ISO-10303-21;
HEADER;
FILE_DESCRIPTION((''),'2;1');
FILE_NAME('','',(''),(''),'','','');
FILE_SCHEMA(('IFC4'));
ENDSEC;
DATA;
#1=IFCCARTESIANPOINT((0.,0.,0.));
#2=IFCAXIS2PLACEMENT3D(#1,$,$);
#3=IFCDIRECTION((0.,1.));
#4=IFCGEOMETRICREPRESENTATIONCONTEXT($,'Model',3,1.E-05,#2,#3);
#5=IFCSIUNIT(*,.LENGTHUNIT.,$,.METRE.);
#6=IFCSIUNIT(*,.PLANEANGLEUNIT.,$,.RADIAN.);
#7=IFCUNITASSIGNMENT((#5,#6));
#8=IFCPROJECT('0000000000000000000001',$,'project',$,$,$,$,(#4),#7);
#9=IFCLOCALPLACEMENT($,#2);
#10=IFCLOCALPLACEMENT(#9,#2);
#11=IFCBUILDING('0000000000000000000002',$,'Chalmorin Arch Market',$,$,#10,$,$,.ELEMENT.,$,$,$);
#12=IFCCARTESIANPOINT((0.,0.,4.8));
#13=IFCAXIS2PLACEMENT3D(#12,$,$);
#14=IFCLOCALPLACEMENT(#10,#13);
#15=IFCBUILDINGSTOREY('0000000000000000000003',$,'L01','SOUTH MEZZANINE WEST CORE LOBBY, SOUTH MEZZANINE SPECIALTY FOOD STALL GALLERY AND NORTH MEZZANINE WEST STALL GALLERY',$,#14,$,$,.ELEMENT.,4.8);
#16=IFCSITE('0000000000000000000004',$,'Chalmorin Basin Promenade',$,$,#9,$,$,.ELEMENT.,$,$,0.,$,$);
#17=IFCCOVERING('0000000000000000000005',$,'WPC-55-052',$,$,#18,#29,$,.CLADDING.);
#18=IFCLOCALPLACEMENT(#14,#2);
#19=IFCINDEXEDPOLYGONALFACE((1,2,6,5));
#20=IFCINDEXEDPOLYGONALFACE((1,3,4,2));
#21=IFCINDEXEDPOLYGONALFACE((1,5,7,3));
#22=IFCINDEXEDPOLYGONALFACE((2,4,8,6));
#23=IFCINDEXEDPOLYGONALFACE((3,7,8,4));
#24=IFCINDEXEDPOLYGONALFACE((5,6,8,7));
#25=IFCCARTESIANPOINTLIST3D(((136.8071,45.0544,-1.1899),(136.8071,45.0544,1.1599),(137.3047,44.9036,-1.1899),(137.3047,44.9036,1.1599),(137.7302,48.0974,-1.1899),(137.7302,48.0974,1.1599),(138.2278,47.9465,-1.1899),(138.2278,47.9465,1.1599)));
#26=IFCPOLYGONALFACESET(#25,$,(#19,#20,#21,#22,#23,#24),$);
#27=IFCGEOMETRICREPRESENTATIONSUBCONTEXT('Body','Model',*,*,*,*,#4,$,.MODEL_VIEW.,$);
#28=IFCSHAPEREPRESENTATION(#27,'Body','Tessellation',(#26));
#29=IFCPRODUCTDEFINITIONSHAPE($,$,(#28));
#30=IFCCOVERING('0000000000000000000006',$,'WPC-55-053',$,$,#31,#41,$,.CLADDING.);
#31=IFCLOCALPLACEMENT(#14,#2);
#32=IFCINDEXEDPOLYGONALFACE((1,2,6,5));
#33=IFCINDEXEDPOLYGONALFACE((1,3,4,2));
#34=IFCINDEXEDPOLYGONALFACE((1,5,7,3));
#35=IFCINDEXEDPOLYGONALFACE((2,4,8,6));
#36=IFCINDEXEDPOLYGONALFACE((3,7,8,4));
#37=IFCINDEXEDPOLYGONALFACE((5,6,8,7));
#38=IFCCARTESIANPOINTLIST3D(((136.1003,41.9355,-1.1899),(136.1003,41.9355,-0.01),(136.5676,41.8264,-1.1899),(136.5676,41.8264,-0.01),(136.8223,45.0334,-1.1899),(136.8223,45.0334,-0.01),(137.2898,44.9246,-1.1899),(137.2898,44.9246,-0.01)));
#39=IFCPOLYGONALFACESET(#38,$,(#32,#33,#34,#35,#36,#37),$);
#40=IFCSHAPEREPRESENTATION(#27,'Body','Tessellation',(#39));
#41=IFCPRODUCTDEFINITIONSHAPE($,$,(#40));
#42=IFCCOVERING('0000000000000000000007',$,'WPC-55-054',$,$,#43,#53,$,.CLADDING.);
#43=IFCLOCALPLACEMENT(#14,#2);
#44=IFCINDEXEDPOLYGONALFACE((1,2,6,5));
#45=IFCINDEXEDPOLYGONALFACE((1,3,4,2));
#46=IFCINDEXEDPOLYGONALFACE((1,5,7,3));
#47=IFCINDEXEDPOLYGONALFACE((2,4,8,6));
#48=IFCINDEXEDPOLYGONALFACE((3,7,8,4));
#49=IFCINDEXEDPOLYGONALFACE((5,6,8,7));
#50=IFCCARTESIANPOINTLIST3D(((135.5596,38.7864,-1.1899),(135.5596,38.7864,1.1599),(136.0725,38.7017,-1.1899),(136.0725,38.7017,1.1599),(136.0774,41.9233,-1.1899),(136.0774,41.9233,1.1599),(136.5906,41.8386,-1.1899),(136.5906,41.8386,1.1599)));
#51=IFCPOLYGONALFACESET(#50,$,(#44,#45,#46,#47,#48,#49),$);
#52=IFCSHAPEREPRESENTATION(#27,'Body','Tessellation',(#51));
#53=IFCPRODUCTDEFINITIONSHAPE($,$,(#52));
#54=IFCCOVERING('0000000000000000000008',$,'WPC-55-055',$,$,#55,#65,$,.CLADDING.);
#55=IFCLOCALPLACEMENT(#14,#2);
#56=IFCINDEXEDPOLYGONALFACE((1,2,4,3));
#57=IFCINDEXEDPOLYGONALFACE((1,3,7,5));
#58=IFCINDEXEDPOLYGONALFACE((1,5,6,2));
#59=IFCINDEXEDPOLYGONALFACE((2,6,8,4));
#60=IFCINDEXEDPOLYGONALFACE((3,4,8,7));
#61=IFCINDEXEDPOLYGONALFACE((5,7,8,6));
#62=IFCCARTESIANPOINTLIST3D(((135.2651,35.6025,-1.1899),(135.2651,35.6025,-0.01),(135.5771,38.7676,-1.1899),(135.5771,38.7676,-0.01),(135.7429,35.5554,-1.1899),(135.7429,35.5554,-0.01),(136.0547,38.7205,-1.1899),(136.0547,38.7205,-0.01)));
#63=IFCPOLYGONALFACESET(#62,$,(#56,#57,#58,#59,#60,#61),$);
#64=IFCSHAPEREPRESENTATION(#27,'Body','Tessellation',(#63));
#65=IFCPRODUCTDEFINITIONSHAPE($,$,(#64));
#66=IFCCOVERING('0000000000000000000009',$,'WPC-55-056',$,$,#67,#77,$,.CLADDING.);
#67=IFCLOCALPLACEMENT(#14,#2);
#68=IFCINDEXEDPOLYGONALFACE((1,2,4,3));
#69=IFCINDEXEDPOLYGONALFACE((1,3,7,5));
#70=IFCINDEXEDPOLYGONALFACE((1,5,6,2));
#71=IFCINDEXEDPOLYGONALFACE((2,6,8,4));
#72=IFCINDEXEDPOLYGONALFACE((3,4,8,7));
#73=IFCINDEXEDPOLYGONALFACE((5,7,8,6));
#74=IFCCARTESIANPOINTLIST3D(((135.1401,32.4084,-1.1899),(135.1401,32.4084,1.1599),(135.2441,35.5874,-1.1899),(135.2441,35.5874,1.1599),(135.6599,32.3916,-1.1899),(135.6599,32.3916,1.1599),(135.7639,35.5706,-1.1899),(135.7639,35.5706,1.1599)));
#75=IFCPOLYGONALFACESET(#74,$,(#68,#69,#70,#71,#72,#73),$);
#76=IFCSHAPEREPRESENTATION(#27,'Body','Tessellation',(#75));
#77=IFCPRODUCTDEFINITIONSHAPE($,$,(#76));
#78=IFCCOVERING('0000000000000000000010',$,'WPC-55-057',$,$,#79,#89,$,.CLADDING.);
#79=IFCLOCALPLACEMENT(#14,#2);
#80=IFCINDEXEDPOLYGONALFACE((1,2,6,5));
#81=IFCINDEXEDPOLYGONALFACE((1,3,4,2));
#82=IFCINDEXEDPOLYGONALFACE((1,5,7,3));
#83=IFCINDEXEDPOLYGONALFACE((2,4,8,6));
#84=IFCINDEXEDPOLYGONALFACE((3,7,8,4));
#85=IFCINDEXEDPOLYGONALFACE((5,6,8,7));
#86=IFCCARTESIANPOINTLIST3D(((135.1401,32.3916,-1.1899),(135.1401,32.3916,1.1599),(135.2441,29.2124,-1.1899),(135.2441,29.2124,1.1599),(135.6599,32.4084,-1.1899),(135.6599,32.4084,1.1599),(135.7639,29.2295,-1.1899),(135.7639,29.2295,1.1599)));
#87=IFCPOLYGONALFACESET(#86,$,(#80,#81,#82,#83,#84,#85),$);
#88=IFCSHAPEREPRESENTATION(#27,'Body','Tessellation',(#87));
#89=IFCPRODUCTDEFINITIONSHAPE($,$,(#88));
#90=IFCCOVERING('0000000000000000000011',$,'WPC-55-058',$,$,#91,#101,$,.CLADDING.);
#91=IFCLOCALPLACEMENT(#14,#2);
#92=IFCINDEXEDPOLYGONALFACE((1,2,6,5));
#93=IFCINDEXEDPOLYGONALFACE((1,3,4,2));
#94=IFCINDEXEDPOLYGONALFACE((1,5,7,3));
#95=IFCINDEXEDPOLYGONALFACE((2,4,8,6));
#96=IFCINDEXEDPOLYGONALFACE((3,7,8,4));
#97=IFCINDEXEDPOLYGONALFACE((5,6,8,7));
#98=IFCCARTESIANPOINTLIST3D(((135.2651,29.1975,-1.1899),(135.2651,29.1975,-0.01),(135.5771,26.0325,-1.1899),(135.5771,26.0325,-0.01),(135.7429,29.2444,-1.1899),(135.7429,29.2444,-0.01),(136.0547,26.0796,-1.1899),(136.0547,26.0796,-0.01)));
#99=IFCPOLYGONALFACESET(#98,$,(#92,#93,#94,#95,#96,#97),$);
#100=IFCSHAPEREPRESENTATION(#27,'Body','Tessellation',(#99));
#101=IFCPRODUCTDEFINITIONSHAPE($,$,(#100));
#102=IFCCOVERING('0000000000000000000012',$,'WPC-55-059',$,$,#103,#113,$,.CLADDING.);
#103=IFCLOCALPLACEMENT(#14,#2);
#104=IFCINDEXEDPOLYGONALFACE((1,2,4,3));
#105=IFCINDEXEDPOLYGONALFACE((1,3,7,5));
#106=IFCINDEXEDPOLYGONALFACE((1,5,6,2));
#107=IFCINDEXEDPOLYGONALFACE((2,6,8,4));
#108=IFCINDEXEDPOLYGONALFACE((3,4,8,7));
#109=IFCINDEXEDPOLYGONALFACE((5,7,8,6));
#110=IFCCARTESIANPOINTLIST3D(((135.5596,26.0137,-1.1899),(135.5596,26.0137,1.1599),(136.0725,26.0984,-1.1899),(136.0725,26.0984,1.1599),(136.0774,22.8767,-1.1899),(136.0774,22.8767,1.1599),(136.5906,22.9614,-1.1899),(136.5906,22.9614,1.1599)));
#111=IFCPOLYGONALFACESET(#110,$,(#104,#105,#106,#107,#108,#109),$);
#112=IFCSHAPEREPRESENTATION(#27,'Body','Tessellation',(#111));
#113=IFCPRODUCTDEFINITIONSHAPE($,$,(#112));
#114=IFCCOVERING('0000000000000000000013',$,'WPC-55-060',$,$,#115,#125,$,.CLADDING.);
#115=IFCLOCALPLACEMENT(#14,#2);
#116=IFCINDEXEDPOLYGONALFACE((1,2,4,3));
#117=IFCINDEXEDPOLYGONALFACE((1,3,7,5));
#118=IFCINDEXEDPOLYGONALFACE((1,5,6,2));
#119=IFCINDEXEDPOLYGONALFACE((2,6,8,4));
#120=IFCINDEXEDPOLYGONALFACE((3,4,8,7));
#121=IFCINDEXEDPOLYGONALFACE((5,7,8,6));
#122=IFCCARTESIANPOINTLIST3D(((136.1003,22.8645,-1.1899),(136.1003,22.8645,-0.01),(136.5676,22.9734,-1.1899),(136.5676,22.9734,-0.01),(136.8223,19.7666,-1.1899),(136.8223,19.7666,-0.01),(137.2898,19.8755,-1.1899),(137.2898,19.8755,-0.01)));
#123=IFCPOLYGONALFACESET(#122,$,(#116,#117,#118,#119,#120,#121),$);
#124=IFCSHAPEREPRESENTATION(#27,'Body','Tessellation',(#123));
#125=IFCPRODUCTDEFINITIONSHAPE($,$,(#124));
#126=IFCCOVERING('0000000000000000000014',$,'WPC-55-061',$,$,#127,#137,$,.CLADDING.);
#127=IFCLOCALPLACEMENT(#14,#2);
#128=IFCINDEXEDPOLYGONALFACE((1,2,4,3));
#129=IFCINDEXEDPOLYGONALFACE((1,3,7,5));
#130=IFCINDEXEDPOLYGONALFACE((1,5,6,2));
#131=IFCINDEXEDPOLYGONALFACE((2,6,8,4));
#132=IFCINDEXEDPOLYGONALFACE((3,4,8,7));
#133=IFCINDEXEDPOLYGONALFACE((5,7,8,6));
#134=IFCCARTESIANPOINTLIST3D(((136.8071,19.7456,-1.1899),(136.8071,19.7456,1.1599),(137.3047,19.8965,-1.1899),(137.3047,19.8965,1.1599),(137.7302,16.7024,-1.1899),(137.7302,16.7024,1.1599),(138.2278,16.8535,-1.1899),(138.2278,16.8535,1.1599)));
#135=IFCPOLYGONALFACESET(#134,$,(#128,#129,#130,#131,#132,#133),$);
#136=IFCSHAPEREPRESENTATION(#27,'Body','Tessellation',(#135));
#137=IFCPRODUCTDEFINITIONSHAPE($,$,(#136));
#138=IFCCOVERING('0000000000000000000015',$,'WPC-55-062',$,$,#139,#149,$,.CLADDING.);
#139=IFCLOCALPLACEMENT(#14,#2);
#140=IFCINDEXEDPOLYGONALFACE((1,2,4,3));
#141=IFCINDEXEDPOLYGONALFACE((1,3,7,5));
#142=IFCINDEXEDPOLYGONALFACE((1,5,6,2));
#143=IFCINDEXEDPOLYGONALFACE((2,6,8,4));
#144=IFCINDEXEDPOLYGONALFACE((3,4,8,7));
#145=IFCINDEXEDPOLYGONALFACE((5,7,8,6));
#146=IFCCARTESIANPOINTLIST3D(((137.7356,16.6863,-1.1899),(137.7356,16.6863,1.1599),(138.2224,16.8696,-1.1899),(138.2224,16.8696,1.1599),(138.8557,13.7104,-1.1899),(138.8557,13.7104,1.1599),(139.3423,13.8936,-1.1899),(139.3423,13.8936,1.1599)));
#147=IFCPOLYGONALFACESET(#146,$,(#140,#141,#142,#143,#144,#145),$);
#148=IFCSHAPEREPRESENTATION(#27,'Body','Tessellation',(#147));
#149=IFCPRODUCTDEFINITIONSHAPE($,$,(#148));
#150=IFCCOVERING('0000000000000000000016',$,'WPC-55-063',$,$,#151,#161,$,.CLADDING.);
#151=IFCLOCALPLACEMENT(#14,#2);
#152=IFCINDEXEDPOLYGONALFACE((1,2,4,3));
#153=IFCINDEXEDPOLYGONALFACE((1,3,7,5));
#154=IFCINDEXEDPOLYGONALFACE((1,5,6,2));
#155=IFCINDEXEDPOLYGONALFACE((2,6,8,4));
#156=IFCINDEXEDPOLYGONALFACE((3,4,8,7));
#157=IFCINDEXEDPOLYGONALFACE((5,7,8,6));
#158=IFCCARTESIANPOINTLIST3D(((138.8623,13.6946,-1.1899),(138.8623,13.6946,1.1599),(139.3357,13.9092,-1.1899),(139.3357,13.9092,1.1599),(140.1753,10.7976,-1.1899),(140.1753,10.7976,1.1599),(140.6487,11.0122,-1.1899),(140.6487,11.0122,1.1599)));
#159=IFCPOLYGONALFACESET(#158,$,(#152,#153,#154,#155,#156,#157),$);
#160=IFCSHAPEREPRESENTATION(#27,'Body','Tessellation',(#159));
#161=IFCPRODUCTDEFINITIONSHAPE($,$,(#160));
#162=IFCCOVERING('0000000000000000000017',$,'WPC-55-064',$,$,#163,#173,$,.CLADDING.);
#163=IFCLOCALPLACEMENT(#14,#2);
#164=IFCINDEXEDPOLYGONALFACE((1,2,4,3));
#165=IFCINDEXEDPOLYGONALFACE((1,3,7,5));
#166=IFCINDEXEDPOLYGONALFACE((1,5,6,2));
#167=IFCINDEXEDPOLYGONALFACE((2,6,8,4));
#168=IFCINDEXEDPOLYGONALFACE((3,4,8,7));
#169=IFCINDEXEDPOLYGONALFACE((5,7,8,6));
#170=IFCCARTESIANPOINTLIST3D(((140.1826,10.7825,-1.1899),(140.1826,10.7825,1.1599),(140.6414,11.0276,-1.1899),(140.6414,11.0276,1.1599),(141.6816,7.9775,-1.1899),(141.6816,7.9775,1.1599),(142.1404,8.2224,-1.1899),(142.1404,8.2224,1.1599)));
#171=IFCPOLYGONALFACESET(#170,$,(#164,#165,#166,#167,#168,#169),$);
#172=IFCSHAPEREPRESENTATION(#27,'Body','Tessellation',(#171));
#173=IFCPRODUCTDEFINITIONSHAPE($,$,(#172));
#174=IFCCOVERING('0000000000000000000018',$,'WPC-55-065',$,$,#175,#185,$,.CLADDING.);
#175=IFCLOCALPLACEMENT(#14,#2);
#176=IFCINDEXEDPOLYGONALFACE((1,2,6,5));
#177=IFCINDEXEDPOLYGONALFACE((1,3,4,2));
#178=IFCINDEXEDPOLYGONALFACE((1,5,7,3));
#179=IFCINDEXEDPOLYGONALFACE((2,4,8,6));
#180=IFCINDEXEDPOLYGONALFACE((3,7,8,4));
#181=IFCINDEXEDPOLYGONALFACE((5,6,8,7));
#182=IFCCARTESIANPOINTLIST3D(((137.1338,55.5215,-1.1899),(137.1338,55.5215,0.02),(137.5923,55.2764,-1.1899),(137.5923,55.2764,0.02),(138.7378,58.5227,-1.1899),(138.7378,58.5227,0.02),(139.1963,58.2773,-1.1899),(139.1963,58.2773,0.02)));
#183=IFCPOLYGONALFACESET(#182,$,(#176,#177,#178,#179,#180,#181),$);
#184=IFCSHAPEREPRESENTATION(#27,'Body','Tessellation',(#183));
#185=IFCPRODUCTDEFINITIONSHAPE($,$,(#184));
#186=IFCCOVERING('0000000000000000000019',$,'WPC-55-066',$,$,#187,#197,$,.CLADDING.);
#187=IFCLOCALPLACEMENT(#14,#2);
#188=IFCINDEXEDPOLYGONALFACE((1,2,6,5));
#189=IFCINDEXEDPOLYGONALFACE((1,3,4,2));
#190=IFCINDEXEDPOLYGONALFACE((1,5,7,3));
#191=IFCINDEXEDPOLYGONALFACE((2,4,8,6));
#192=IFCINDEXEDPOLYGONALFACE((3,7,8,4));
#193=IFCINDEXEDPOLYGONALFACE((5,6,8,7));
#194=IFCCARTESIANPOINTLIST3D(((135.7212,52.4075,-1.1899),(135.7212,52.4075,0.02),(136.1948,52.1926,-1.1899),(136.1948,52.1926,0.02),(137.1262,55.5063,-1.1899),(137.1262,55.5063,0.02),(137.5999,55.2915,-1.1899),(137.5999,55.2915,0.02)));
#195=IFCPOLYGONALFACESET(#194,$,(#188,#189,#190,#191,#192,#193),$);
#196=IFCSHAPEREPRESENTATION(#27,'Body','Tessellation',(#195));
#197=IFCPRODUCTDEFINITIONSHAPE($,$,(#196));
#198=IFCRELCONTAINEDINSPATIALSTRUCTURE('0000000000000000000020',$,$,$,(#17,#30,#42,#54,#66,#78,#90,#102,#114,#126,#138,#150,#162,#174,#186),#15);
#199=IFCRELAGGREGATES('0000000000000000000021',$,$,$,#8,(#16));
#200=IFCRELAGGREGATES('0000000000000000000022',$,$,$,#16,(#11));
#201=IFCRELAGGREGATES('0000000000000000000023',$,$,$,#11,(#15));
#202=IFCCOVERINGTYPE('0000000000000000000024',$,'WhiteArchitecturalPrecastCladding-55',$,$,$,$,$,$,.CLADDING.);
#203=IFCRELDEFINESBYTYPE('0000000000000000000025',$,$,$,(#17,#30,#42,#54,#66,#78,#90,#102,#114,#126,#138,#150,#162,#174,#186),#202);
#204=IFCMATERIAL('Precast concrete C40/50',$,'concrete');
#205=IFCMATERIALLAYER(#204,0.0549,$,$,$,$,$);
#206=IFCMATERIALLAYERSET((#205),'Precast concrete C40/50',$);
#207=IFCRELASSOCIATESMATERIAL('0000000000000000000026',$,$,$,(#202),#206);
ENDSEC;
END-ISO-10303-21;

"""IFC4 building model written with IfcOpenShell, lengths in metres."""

from ifc_helpers import new_model, si_unit, direction, frame, origin, place, context, subcontext, project, spatial, polyline, outline, extrude, material, layer, layer_set, type_object, element, save


model = new_model("IFC4")

# Units and contexts
model_context = context("Model", 3, precision=1e-05, world=origin(), true_north=direction((0.0, 1.0)))
body_context = subcontext(model_context, "Body", "Model", "MODEL_VIEW")
ifc_project = project(units=[si_unit("LENGTHUNIT", "METRE"), si_unit("PLANEANGLEUNIT", "RADIAN")], contexts=[model_context])

# Site, building, storey
site_placement = place(None, origin())
site = spatial("IfcSite", under=ifc_project, at=site_placement, Name="Chalmorin Basin Promenade", CompositionType="ELEMENT", RefElevation=0.0)
building_placement = place(site_placement, origin())
building = spatial("IfcBuilding", under=site, at=building_placement, Name="Chalmorin Arch Market", CompositionType="ELEMENT")
storey_placement = place(building_placement, frame((0.0, 0.0, 4.8)))
storey = spatial("IfcBuildingStorey", under=building, at=storey_placement, Name="L01", Description="SOUTH MEZZANINE WEST CORE LOBBY, SOUTH MEZZANINE SPECIALTY FOOD STALL GALLERY AND NORTH MEZZANINE WEST STALL GALLERY", CompositionType="ELEMENT", Elevation=4.8)

# Coverings
ifc_material_1 = material(Name="Precast concrete C40/50", Category="concrete")
ifc_layer_1 = layer(ifc_material_1, 0.0549)
ifc_layer_set_1 = layer_set([ifc_layer_1], Name="Precast concrete C40/50")
covering_type = type_object("IfcCoveringType", Name="WhiteArchitecturalPrecastCladding-55", PredefinedType="CLADDING", material=ifc_layer_set_1)
covering_1_placement = place(storey_placement, frame((0.0, 0.0, -1.1899)))
element("IfcCovering", 1, at=covering_1_placement, inside=storey, type_object=covering_type, Name="WPC-55-052", PredefinedType="CLADDING", context=body_context, shape_type="SweptSolid", body=[
    extrude(outline(polyline([(137.7302, 48.0974), (136.8071, 45.0544), (137.3047, 44.9036), (138.2278, 47.9465), (137.7302, 48.0974)])), origin(), (0.0, 0.0, 1.0), 2.3499),
])
covering_2_placement = place(storey_placement, frame((0.0, 0.0, -1.1899)))
element("IfcCovering", 2, at=covering_2_placement, inside=storey, type_object=covering_type, Name="WPC-55-053", PredefinedType="CLADDING", context=body_context, shape_type="SweptSolid", body=[
    extrude(outline(polyline([(136.8223, 45.0334), (136.1003, 41.9355), (136.5676, 41.8264), (137.2898, 44.9246), (136.8223, 45.0334)])), origin(), (0.0, 0.0, 1.0), 1.1799),
])
covering_3_placement = place(storey_placement, frame((0.0, 0.0, -1.1899)))
element("IfcCovering", 3, at=covering_3_placement, inside=storey, type_object=covering_type, Name="WPC-55-054", PredefinedType="CLADDING", context=body_context, shape_type="SweptSolid", body=[
    extrude(outline(polyline([(136.0774, 41.9233), (135.5596, 38.7864), (136.0725, 38.7017), (136.5906, 41.8386), (136.0774, 41.9233)])), origin(), (0.0, 0.0, 1.0), 2.3499),
])
covering_4_placement = place(storey_placement, frame((0.0, 0.0, -1.1899)))
element("IfcCovering", 4, at=covering_4_placement, inside=storey, type_object=covering_type, Name="WPC-55-055", PredefinedType="CLADDING", context=body_context, shape_type="SweptSolid", body=[
    extrude(outline(polyline([(135.5771, 38.7676), (135.2651, 35.6025), (135.7429, 35.5554), (136.0547, 38.7205), (135.5771, 38.7676)])), origin(), (0.0, 0.0, 1.0), 1.1799),
])
covering_5_placement = place(storey_placement, frame((0.0, 0.0, -1.1899)))
element("IfcCovering", 5, at=covering_5_placement, inside=storey, type_object=covering_type, Name="WPC-55-056", PredefinedType="CLADDING", context=body_context, shape_type="SweptSolid", body=[
    extrude(outline(polyline([(135.2441, 35.5874), (135.1401, 32.4084), (135.6599, 32.3916), (135.7639, 35.5706), (135.2441, 35.5874)])), origin(), (0.0, 0.0, 1.0), 2.3499),
])
covering_6_placement = place(storey_placement, frame((0.0, 0.0, -1.1899)))
element("IfcCovering", 6, at=covering_6_placement, inside=storey, type_object=covering_type, Name="WPC-55-057", PredefinedType="CLADDING", context=body_context, shape_type="SweptSolid", body=[
    extrude(outline(polyline([(135.1401, 32.3916), (135.2441, 29.2124), (135.7639, 29.2295), (135.6599, 32.4084), (135.1401, 32.3916)])), origin(), (0.0, 0.0, 1.0), 2.3499),
])
covering_7_placement = place(storey_placement, frame((0.0, 0.0, -1.1899)))
element("IfcCovering", 7, at=covering_7_placement, inside=storey, type_object=covering_type, Name="WPC-55-058", PredefinedType="CLADDING", context=body_context, shape_type="SweptSolid", body=[
    extrude(outline(polyline([(135.2651, 29.1975), (135.5771, 26.0325), (136.0547, 26.0796), (135.7429, 29.2444), (135.2651, 29.1975)])), origin(), (0.0, 0.0, 1.0), 1.1799),
])
covering_8_placement = place(storey_placement, frame((0.0, 0.0, -1.1899)))
element("IfcCovering", 8, at=covering_8_placement, inside=storey, type_object=covering_type, Name="WPC-55-059", PredefinedType="CLADDING", context=body_context, shape_type="SweptSolid", body=[
    extrude(outline(polyline([(135.5596, 26.0137), (136.0774, 22.8767), (136.5906, 22.9614), (136.0725, 26.0984), (135.5596, 26.0137)])), origin(), (0.0, 0.0, 1.0), 2.3499),
])
covering_9_placement = place(storey_placement, frame((0.0, 0.0, -1.1899)))
element("IfcCovering", 9, at=covering_9_placement, inside=storey, type_object=covering_type, Name="WPC-55-060", PredefinedType="CLADDING", context=body_context, shape_type="SweptSolid", body=[
    extrude(outline(polyline([(136.1003, 22.8645), (136.8223, 19.7666), (137.2898, 19.8755), (136.5676, 22.9734), (136.1003, 22.8645)])), origin(), (0.0, 0.0, 1.0), 1.1799),
])
covering_10_placement = place(storey_placement, frame((0.0, 0.0, -1.1899)))
element("IfcCovering", 10, at=covering_10_placement, inside=storey, type_object=covering_type, Name="WPC-55-061", PredefinedType="CLADDING", context=body_context, shape_type="SweptSolid", body=[
    extrude(outline(polyline([(136.8071, 19.7456), (137.7302, 16.7024), (138.2278, 16.8535), (137.3047, 19.8965), (136.8071, 19.7456)])), origin(), (0.0, 0.0, 1.0), 2.3499),
])
covering_11_placement = place(storey_placement, frame((0.0, 0.0, -1.1899)))
element("IfcCovering", 11, at=covering_11_placement, inside=storey, type_object=covering_type, Name="WPC-55-062", PredefinedType="CLADDING", context=body_context, shape_type="SweptSolid", body=[
    extrude(outline(polyline([(137.7356, 16.6863), (138.8557, 13.7104), (139.3423, 13.8936), (138.2224, 16.8696), (137.7356, 16.6863)])), origin(), (0.0, 0.0, 1.0), 2.3499),
])
covering_12_placement = place(storey_placement, frame((0.0, 0.0, -1.1899)))
element("IfcCovering", 12, at=covering_12_placement, inside=storey, type_object=covering_type, Name="WPC-55-063", PredefinedType="CLADDING", context=body_context, shape_type="SweptSolid", body=[
    extrude(outline(polyline([(138.8623, 13.6946), (140.1753, 10.7976), (140.6487, 11.0122), (139.3357, 13.9092), (138.8623, 13.6946)])), origin(), (0.0, 0.0, 1.0), 2.3499),
])
covering_13_placement = place(storey_placement, frame((0.0, 0.0, -1.1899)))
element("IfcCovering", 13, at=covering_13_placement, inside=storey, type_object=covering_type, Name="WPC-55-064", PredefinedType="CLADDING", context=body_context, shape_type="SweptSolid", body=[
    extrude(outline(polyline([(140.1826, 10.7825), (141.6816, 7.9775), (142.1404, 8.2224), (140.6414, 11.0276), (140.1826, 10.7825)])), origin(), (0.0, 0.0, 1.0), 2.3499),
])
covering_14_placement = place(storey_placement, frame((0.0, 0.0, -1.1899)))
element("IfcCovering", 14, at=covering_14_placement, inside=storey, type_object=covering_type, Name="WPC-55-065", PredefinedType="CLADDING", context=body_context, shape_type="SweptSolid", body=[
    extrude(outline(polyline([(138.7378, 58.5227), (137.1338, 55.5215), (137.5923, 55.2764), (139.1963, 58.2773), (138.7378, 58.5227)])), origin(), (0.0, 0.0, 1.0), 1.21),
])
covering_15_placement = place(storey_placement, frame((0.0, 0.0, -1.1899)))
element("IfcCovering", 15, at=covering_15_placement, inside=storey, type_object=covering_type, Name="WPC-55-066", PredefinedType="CLADDING", context=body_context, shape_type="SweptSolid", body=[
    extrude(outline(polyline([(137.1262, 55.5063), (135.7212, 52.4075), (136.1948, 52.1926), (137.5999, 55.2915), (137.1262, 55.5063)])), origin(), (0.0, 0.0, 1.0), 1.21),
])

save(model, "model.ifc")
